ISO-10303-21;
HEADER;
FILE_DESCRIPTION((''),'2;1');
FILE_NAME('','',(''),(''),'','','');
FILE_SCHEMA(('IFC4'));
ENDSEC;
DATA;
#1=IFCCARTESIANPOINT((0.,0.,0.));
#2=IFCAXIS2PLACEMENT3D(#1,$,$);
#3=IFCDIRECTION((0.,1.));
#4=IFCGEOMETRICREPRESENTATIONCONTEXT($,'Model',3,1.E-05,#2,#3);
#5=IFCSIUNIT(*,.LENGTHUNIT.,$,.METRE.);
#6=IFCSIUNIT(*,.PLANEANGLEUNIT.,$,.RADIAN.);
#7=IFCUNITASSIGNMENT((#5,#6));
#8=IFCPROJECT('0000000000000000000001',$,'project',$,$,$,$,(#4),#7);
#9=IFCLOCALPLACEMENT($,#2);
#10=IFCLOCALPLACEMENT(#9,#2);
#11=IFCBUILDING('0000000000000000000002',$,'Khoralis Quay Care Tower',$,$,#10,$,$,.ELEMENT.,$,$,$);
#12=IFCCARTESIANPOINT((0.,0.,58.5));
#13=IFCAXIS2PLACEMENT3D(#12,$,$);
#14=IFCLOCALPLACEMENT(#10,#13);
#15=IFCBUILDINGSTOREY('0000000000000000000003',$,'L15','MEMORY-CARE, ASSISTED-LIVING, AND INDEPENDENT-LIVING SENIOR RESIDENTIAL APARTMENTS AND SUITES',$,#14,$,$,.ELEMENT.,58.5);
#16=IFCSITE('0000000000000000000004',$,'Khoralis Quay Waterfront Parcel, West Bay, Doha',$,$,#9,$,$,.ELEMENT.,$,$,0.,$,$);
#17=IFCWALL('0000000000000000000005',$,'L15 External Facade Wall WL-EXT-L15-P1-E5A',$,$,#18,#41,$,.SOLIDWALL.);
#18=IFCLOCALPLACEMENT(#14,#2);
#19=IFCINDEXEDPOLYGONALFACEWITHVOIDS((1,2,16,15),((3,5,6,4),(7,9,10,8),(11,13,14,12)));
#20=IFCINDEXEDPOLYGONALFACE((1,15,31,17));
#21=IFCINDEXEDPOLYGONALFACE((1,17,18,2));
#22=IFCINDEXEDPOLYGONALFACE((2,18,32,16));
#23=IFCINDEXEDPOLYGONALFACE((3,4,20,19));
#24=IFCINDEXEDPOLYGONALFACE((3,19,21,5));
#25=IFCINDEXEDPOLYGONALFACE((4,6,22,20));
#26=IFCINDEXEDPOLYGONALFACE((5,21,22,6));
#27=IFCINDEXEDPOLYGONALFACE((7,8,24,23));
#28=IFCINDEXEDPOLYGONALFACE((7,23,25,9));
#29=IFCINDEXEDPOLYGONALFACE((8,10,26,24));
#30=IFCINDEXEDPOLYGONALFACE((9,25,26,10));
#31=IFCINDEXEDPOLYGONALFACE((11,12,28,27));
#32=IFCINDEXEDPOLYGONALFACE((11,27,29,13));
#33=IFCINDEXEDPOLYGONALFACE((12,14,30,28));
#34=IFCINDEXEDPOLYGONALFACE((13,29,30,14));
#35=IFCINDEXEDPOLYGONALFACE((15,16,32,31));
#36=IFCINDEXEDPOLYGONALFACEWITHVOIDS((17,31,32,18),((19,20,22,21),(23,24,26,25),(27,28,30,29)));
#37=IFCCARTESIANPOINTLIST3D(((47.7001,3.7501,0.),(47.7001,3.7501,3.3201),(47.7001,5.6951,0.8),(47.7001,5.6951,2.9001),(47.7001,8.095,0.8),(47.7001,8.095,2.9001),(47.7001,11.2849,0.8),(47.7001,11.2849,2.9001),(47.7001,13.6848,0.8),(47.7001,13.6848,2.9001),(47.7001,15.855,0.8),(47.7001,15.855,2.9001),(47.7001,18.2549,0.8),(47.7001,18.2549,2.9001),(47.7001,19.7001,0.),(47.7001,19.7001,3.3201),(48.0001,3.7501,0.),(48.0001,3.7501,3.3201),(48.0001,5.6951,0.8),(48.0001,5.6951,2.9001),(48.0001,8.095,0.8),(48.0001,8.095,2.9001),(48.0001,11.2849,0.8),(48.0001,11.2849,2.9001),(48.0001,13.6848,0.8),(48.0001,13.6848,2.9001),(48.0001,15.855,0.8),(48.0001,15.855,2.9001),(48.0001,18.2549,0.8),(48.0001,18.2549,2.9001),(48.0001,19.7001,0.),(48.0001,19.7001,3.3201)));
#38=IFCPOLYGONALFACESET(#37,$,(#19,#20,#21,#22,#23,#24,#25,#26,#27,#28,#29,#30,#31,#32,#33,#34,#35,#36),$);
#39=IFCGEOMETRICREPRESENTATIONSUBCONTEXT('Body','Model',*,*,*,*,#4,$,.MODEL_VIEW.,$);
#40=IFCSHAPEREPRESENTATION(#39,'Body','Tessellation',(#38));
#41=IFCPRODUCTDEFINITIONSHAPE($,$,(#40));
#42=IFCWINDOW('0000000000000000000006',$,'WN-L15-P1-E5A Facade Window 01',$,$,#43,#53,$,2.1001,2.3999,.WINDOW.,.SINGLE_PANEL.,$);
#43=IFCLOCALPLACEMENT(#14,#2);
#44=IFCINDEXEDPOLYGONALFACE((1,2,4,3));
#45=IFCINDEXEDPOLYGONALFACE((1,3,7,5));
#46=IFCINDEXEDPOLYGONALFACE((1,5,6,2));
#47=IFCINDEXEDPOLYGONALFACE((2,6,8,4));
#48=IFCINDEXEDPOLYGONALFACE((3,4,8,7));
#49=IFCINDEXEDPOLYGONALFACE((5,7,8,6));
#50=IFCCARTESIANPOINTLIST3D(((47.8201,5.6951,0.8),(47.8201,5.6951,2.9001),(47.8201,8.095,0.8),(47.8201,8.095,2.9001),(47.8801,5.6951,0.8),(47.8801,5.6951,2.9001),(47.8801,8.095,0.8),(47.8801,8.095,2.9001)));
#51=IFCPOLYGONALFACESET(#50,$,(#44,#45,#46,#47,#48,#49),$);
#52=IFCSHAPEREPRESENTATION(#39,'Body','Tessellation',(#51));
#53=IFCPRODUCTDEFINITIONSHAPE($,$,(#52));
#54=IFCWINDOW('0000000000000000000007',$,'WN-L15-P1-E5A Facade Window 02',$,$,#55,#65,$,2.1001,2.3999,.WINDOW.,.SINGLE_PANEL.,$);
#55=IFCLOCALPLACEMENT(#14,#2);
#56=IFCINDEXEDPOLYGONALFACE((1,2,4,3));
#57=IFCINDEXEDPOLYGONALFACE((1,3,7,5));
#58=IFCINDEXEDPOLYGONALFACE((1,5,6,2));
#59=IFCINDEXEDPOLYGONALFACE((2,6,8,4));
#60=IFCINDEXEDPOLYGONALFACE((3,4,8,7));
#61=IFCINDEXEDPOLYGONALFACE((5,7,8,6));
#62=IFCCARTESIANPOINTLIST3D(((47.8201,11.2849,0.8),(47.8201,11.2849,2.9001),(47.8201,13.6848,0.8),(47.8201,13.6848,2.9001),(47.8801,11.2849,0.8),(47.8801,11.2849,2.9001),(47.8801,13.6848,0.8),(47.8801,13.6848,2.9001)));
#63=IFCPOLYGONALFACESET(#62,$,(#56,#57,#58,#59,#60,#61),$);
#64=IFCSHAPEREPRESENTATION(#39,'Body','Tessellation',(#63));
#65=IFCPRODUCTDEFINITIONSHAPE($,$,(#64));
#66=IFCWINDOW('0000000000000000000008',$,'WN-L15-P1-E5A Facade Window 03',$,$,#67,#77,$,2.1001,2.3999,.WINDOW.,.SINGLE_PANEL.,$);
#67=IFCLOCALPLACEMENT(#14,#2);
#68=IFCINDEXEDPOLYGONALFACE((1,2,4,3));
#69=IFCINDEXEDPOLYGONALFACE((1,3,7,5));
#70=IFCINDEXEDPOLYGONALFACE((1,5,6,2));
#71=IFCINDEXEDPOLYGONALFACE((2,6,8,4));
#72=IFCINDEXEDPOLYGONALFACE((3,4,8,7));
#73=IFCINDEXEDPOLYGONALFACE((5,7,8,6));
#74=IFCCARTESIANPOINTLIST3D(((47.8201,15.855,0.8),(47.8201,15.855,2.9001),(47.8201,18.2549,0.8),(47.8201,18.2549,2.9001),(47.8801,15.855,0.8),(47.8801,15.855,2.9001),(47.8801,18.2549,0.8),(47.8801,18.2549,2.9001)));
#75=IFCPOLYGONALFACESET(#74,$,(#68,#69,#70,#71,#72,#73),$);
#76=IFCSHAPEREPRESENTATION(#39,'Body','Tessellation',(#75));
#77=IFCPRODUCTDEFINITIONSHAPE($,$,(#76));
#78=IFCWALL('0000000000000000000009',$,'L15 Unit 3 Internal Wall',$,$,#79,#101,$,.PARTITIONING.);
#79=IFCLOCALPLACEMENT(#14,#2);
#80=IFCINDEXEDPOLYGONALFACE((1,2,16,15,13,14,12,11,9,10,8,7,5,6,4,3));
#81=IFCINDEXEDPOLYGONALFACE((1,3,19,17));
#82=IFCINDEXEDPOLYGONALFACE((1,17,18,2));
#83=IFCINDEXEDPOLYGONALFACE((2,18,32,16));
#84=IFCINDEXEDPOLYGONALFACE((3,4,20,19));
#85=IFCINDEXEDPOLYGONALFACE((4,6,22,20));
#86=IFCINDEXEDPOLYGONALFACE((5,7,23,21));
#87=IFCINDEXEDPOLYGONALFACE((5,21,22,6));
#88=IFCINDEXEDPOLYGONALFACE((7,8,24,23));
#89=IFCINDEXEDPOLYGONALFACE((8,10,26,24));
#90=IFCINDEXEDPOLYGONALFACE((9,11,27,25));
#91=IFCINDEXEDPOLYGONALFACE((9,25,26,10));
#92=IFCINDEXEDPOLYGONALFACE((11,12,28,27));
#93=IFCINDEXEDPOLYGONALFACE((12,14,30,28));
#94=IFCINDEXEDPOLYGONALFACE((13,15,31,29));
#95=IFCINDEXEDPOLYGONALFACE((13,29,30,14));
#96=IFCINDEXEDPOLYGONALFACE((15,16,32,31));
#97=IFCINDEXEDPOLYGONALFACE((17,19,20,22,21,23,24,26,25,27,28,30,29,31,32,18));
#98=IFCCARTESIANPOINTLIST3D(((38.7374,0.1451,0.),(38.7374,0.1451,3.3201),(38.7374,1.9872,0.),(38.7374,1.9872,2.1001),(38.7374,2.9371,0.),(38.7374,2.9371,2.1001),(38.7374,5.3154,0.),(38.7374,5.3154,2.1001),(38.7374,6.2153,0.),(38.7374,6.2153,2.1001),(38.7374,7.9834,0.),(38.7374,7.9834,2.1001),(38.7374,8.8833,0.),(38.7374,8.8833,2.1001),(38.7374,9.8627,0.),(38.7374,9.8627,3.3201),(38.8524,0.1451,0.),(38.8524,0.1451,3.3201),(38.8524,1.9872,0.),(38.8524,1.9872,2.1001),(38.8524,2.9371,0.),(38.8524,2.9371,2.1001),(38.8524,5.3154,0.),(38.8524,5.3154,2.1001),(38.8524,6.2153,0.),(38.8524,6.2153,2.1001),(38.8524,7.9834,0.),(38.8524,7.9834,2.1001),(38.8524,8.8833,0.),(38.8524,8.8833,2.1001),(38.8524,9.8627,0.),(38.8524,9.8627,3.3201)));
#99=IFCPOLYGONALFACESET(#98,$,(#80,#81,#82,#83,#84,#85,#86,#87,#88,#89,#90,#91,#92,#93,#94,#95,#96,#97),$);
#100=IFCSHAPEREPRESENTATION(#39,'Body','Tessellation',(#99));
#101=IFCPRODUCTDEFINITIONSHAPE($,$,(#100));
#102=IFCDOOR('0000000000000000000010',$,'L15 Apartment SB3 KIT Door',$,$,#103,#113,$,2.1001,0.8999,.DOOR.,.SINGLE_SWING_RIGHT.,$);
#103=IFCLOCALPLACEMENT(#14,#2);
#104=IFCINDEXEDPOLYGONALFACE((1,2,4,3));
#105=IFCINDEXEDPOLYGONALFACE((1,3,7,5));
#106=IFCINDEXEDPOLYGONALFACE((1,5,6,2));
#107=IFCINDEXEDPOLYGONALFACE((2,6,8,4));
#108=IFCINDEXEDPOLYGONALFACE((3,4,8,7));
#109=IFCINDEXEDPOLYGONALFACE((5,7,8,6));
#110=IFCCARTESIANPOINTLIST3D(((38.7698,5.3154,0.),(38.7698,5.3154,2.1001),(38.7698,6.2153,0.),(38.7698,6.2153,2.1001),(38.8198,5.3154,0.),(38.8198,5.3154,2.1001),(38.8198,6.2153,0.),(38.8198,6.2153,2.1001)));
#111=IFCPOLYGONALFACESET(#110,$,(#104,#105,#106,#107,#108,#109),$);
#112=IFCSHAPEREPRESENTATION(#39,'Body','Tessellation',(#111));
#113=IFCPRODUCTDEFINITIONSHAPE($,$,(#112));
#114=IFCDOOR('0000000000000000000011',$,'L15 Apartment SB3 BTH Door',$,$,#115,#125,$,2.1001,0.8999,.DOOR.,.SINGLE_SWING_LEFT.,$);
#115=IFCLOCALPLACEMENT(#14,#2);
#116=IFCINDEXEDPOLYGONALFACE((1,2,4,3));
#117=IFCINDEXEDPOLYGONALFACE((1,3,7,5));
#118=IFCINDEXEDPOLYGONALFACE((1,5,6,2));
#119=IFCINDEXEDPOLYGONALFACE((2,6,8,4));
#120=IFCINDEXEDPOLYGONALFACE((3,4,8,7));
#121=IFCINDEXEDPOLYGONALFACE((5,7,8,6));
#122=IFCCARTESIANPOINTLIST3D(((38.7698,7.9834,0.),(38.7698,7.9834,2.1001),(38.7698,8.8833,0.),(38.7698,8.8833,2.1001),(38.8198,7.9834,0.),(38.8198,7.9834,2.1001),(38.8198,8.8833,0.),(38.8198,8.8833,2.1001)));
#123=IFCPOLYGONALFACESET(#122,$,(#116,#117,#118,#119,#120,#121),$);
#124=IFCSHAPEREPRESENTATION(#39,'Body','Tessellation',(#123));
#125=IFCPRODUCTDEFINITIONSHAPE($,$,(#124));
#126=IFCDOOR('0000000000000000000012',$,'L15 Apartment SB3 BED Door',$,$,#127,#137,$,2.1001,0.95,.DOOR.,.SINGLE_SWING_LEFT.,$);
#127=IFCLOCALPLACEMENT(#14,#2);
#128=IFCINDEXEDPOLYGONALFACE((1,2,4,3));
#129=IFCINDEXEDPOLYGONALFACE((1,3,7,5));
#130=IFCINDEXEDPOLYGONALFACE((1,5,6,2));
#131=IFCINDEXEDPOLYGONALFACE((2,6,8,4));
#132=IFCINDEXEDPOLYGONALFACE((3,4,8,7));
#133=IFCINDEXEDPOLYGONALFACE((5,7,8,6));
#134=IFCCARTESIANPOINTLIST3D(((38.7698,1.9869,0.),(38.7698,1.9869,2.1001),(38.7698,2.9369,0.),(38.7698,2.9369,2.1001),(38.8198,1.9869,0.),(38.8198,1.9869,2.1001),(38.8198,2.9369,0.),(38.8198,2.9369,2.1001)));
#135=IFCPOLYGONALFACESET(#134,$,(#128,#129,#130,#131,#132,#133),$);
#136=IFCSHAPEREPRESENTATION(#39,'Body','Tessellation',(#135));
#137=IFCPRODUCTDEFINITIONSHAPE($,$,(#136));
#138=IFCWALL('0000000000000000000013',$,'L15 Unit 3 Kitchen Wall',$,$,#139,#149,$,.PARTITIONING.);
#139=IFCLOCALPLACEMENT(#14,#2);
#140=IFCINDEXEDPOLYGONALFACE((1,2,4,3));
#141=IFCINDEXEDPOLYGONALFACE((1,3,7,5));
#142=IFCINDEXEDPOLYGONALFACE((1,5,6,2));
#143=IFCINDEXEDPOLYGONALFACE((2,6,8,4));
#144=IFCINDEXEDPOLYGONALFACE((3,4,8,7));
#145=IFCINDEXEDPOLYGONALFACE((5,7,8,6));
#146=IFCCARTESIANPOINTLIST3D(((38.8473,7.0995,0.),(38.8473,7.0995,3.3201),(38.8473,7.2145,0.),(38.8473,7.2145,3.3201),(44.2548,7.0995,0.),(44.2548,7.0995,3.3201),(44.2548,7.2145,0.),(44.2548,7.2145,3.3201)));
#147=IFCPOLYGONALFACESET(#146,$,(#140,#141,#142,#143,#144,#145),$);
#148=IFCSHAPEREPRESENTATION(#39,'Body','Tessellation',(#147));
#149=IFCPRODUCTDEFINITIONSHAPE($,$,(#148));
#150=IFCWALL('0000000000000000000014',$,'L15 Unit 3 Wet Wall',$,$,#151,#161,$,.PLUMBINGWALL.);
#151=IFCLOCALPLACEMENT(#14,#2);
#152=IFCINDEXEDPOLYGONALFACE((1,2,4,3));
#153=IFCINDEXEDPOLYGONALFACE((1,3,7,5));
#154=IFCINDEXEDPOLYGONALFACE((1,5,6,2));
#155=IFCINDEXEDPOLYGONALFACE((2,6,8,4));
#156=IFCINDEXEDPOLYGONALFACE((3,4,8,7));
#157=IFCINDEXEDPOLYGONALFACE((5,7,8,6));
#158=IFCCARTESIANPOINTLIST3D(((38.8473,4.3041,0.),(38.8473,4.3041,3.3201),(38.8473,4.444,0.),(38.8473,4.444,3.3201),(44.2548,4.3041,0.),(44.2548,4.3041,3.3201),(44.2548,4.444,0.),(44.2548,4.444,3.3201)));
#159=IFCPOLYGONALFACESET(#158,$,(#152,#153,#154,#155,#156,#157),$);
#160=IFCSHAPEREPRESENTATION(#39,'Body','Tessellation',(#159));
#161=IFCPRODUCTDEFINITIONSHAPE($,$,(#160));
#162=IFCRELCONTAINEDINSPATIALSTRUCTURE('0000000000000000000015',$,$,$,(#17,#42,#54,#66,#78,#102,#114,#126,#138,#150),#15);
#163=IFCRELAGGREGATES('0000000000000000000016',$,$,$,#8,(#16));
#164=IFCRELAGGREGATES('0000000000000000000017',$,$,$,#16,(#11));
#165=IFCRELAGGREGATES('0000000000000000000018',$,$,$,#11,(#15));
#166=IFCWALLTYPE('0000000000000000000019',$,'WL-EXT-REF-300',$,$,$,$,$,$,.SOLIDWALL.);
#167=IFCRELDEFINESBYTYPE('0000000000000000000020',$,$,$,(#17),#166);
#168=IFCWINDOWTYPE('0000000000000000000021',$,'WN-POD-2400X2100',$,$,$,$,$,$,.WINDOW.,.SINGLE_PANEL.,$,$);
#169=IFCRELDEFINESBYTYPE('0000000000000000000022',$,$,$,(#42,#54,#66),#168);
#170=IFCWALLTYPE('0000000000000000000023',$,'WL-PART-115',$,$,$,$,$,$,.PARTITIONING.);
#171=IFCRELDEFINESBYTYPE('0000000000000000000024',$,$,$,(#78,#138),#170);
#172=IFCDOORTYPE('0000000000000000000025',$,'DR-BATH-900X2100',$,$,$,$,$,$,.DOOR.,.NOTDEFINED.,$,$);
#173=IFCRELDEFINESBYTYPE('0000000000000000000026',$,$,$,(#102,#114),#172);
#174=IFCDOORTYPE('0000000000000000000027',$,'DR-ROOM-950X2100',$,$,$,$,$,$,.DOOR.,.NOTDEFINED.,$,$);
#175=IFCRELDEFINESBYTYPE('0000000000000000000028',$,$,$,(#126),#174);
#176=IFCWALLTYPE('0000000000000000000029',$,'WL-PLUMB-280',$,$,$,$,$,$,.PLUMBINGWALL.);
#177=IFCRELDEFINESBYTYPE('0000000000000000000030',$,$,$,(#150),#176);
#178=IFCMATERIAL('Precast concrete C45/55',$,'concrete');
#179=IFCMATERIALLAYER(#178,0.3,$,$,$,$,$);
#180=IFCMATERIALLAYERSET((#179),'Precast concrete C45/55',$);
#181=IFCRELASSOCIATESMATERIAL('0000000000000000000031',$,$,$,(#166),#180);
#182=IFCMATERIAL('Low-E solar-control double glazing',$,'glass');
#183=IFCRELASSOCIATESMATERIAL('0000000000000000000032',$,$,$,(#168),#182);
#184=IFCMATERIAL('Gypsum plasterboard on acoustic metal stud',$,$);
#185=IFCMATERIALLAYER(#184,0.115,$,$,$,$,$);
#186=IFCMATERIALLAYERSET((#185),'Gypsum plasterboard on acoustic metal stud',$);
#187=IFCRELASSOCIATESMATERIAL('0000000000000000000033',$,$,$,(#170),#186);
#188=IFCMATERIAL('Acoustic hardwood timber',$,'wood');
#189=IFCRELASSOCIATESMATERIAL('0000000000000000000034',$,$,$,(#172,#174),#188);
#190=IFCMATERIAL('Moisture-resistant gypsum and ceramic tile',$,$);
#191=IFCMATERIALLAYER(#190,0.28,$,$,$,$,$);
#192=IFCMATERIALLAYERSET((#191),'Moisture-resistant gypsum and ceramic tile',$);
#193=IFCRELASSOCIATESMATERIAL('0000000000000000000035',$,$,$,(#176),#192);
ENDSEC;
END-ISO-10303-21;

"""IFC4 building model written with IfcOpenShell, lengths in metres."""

from ifc_helpers import new_model, si_unit, direction, frame, frame_2d, origin, place, context, subcontext, project, spatial, rectangle, extrude, source, transform, mapped, material, layer, layer_set, type_object, element, fill, save


model = new_model("IFC4")

# Units and contexts
model_context = context("Model", 3, precision=1e-05, world=origin(), true_north=direction((0.0, 1.0)))
body_context = subcontext(model_context, "Body", "Model", "MODEL_VIEW")
ifc_project = project(units=[si_unit("LENGTHUNIT", "METRE"), si_unit("PLANEANGLEUNIT", "RADIAN")], contexts=[model_context])

# Site, building, storey
site_placement = place(None, origin())
site = spatial("IfcSite", under=ifc_project, at=site_placement, Name="Khoralis Quay Waterfront Parcel, West Bay, Doha", CompositionType="ELEMENT", RefElevation=0.0)
building_placement = place(site_placement, origin())
building = spatial("IfcBuilding", under=site, at=building_placement, Name="Khoralis Quay Care Tower", CompositionType="ELEMENT")
storey_placement = place(building_placement, frame((0.0, 0.0, 58.5)))
storey = spatial("IfcBuildingStorey", under=building, at=storey_placement, Name="L15", Description="MEMORY-CARE, ASSISTED-LIVING, AND INDEPENDENT-LIVING SENIOR RESIDENTIAL APARTMENTS AND SUITES", CompositionType="ELEMENT", Elevation=58.5)

# Shared definitions
ifc_material_1 = material(Name="Precast concrete C45/55", Category="concrete")
ifc_layer_1 = layer(ifc_material_1, 0.3)
ifc_layer_set_1 = layer_set([ifc_layer_1], Name="Precast concrete C45/55")
wall_type_1 = type_object("IfcWallType", Name="WL-EXT-REF-300", PredefinedType="SOLIDWALL", material=ifc_layer_set_1)

# Wall, openings, windows
wall_1_placement = place(storey_placement, frame((47.8501, 3.75, 0.0), z_axis=(0.0, 0.0, 1.0), x_axis=(0.0, 1.0, 0.0)))
wall_1 = element("IfcWall", 1, at=wall_1_placement, inside=storey, type_object=wall_type_1, Name="L15 External Facade Wall WL-EXT-L15-P1-E5A", PredefinedType="SOLIDWALL", context=body_context, shape_type="SweptSolid", body=[
    extrude(rectangle(XDim=15.95, YDim=0.3, at=frame_2d((7.9751, 0.0))), origin(), (0.0, 0.0, 1.0), 3.3201),
])
opening_1_placement = place(wall_1_placement, frame((1.9451, 0.0, 0.8)))
opening_1 = element("IfcOpeningElement", 2, at=opening_1_placement, cuts=wall_1, PredefinedType="OPENING", context=body_context, shape_type="SweptSolid", body=[
    extrude(rectangle(XDim=2.3999, YDim=2.1001, at=frame_2d((1.2, 1.05))), frame((0.0, 0.1602, 0.0), z_axis=(0.0, -1.0, 0.0), x_axis=(1.0, 0.0, 0.0)), (0.0, 0.0, 1.0), 0.3201),
])
opening_2_placement = place(wall_1_placement, frame((7.5349, 0.0, 0.8)))
opening_2 = element("IfcOpeningElement", 3, at=opening_2_placement, cuts=wall_1, PredefinedType="OPENING", context=body_context, shape_type="SweptSolid", body=[
    extrude(rectangle(XDim=2.3999, YDim=2.1001, at=frame_2d((1.2, 1.05))), frame((0.0, 0.1602, 0.0), z_axis=(0.0, -1.0, 0.0), x_axis=(1.0, 0.0, 0.0)), (0.0, 0.0, 1.0), 0.3201),
])
opening_3_placement = place(wall_1_placement, frame((12.105, 0.0, 0.8)))
opening_3 = element("IfcOpeningElement", 4, at=opening_3_placement, cuts=wall_1, PredefinedType="OPENING", context=body_context, shape_type="SweptSolid", body=[
    extrude(rectangle(XDim=2.3999, YDim=2.1001, at=frame_2d((1.2, 1.05))), frame((0.0, 0.1602, 0.0), z_axis=(0.0, -1.0, 0.0), x_axis=(1.0, 0.0, 0.0)), (0.0, 0.0, 1.0), 0.3201),
])
ifc_material_2 = material(Name="Low-E solar-control double glazing", Category="glass")
window_type = type_object("IfcWindowType", Name="WN-POD-2400X2100", PartitioningType="SINGLE_PANEL", PredefinedType="WINDOW", material=ifc_material_2)
shared_shape_1 = source(origin(), body_context, "Body", "SweptSolid", [
    extrude(rectangle(XDim=2.3999, YDim=2.1001, at=frame_2d((1.2, 1.05))), frame((0.0, 0.03, 0.0), z_axis=(0.0, -1.0, 0.0), x_axis=(1.0, 0.0, 0.0)), (0.0, 0.0, 1.0), 0.0601),
])
window_1_placement = place(opening_1_placement, origin())
window_1 = element("IfcWindow", 5, at=window_1_placement, inside=storey, type_object=window_type, Name="WN-L15-P1-E5A Facade Window 01", OverallHeight=2.1001, OverallWidth=2.3999, PartitioningType="SINGLE_PANEL", PredefinedType="WINDOW", context=body_context, shape_type="MappedRepresentation", body=[
    mapped(shared_shape_1, transform((0.0, 0.0, 0.0), scale=1.0)),
])
fill(opening_1, window_1)
window_2_placement = place(opening_2_placement, origin())
window_2 = element("IfcWindow", 6, at=window_2_placement, inside=storey, type_object=window_type, Name="WN-L15-P1-E5A Facade Window 02", OverallHeight=2.1001, OverallWidth=2.3999, PartitioningType="SINGLE_PANEL", PredefinedType="WINDOW", context=body_context, shape_type="MappedRepresentation", body=[
    mapped(shared_shape_1, transform((0.0, 0.0, 0.0), scale=1.0)),
])
fill(opening_2, window_2)
window_3_placement = place(opening_3_placement, origin())
window_3 = element("IfcWindow", 7, at=window_3_placement, inside=storey, type_object=window_type, Name="WN-L15-P1-E5A Facade Window 03", OverallHeight=2.1001, OverallWidth=2.3999, PartitioningType="SINGLE_PANEL", PredefinedType="WINDOW", context=body_context, shape_type="MappedRepresentation", body=[
    mapped(shared_shape_1, transform((0.0, 0.0, 0.0), scale=1.0)),
])
fill(opening_3, window_3)

# Wall, openings, doors
ifc_material_3 = material(Name="Gypsum plasterboard on acoustic metal stud")
ifc_layer_2 = layer(ifc_material_3, 0.115)
ifc_layer_set_2 = layer_set([ifc_layer_2], Name="Gypsum plasterboard on acoustic metal stud")
wall_type_2 = type_object("IfcWallType", Name="WL-PART-115", PredefinedType="PARTITIONING", material=ifc_layer_set_2)
wall_2_placement = place(storey_placement, frame((38.7949, 0.145, 0.0), z_axis=(0.0, 0.0, 1.0), x_axis=(0.0, 1.0, 0.0)))
wall_2 = element("IfcWall", 8, at=wall_2_placement, inside=storey, type_object=wall_type_2, Name="L15 Unit 3 Internal Wall", PredefinedType="PARTITIONING", context=body_context, shape_type="SweptSolid", body=[
    extrude(rectangle(XDim=9.7175, YDim=0.115, at=frame_2d((4.8589, 0.0))), origin(), (0.0, 0.0, 1.0), 3.3201),
])
opening_4_placement = place(wall_2_placement, frame((1.842, 0.0, 0.0)))
opening_4 = element("IfcOpeningElement", 9, at=opening_4_placement, cuts=wall_2, PredefinedType="OPENING", context=body_context, shape_type="SweptSolid", body=[
    extrude(rectangle(XDim=0.95, YDim=2.1001, at=frame_2d((0.4751, 1.05))), frame((0.0, 0.0674, 0.0), z_axis=(0.0, -1.0, 0.0), x_axis=(1.0, 0.0, 0.0)), (0.0, 0.0, 1.0), 0.135),
])
opening_5_placement = place(wall_2_placement, frame((5.1704, 0.0, 0.0)))
opening_5 = element("IfcOpeningElement", 10, at=opening_5_placement, cuts=wall_2, PredefinedType="OPENING", context=body_context, shape_type="SweptSolid", body=[
    extrude(rectangle(XDim=0.8999, YDim=2.1001, at=frame_2d((0.45, 1.05))), frame((0.0, 0.0674, 0.0), z_axis=(0.0, -1.0, 0.0), x_axis=(1.0, 0.0, 0.0)), (0.0, 0.0, 1.0), 0.135),
])
opening_6_placement = place(wall_2_placement, frame((7.8384, 0.0, 0.0)))
opening_6 = element("IfcOpeningElement", 11, at=opening_6_placement, cuts=wall_2, PredefinedType="OPENING", context=body_context, shape_type="SweptSolid", body=[
    extrude(rectangle(XDim=0.8999, YDim=2.1001, at=frame_2d((0.45, 1.05))), frame((0.0, 0.0674, 0.0), z_axis=(0.0, -1.0, 0.0), x_axis=(1.0, 0.0, 0.0)), (0.0, 0.0, 1.0), 0.135),
])
ifc_material_4 = material(Name="Acoustic hardwood timber", Category="wood")
door_type_1 = type_object("IfcDoorType", Name="DR-BATH-900X2100", OperationType="NOTDEFINED", PredefinedType="DOOR", material=ifc_material_4)
shared_shape_2 = source(origin(), body_context, "Body", "SweptSolid", [
    extrude(rectangle(XDim=0.8999, YDim=2.1001, at=frame_2d((0.45, 1.05))), frame((0.0, 0.0249, 0.0), z_axis=(0.0, -1.0, 0.0), x_axis=(1.0, 0.0, 0.0)), (0.0, 0.0, 1.0), 0.05),
])
door_1_placement = place(opening_5_placement, frame((0.8999, 0.0, 0.0), z_axis=(0.0, 0.0, 1.0), x_axis=(-1.0, 0.0, 0.0)))
door_1 = element("IfcDoor", 12, at=door_1_placement, inside=storey, type_object=door_type_1, Name="L15 Apartment SB3 KIT Door", OperationType="SINGLE_SWING_RIGHT", OverallHeight=2.1001, OverallWidth=0.8999, PredefinedType="DOOR", context=body_context, shape_type="MappedRepresentation", body=[
    mapped(shared_shape_2, transform((0.0, 0.0, 0.0), scale=1.0)),
])
fill(opening_5, door_1)
door_2_placement = place(opening_6_placement, frame((0.8999, 0.0, 0.0), z_axis=(0.0, 0.0, 1.0), x_axis=(-1.0, 0.0, 0.0)))
door_2 = element("IfcDoor", 13, at=door_2_placement, inside=storey, type_object=door_type_1, Name="L15 Apartment SB3 BTH Door", OperationType="SINGLE_SWING_LEFT", OverallHeight=2.1001, OverallWidth=0.8999, PredefinedType="DOOR", context=body_context, shape_type="MappedRepresentation", body=[
    mapped(shared_shape_2, transform((0.0, 0.0, 0.0), scale=1.0)),
])
fill(opening_6, door_2)
door_type_2 = type_object("IfcDoorType", Name="DR-ROOM-950X2100", OperationType="NOTDEFINED", PredefinedType="DOOR", material=ifc_material_4)
shared_shape_3 = source(origin(), body_context, "Body", "SweptSolid", [
    extrude(rectangle(XDim=0.95, YDim=2.1001, at=frame_2d((0.4751, 1.05))), frame((0.0, 0.0249, 0.0), z_axis=(0.0, -1.0, 0.0), x_axis=(1.0, 0.0, 0.0)), (0.0, 0.0, 1.0), 0.05),
])
door_3_placement = place(opening_4_placement, frame((0.95, 0.0, 0.0), z_axis=(0.0, 0.0, 1.0), x_axis=(-1.0, 0.0, 0.0)))
door_3 = element("IfcDoor", 14, at=door_3_placement, inside=storey, type_object=door_type_2, Name="L15 Apartment SB3 BED Door", OperationType="SINGLE_SWING_LEFT", OverallHeight=2.1001, OverallWidth=0.95, PredefinedType="DOOR", context=body_context, shape_type="MappedRepresentation", body=[
    mapped(shared_shape_3, transform((0.0, 0.0, 0.0), scale=1.0)),
])
fill(opening_4, door_3)

# Walls
wall_3_placement = place(storey_placement, frame((38.8474, 7.157, 0.0), z_axis=(0.0, 0.0, 1.0), x_axis=(1.0, 0.0, 0.0)))
element("IfcWall", 15, at=wall_3_placement, inside=storey, type_object=wall_type_2, Name="L15 Unit 3 Kitchen Wall", PredefinedType="PARTITIONING", context=body_context, shape_type="SweptSolid", body=[
    extrude(rectangle(XDim=5.4075, YDim=0.115, at=frame_2d((2.7036, 0.0))), origin(), (0.0, 0.0, 1.0), 3.3201),
])
ifc_material_5 = material(Name="Moisture-resistant gypsum and ceramic tile")
ifc_layer_3 = layer(ifc_material_5, 0.28)
ifc_layer_set_3 = layer_set([ifc_layer_3], Name="Moisture-resistant gypsum and ceramic tile")
wall_type_3 = type_object("IfcWallType", Name="WL-PLUMB-280", PredefinedType="PLUMBINGWALL", material=ifc_layer_set_3)
wall_4_placement = place(storey_placement, frame((38.8474, 4.374, 0.0), z_axis=(0.0, 0.0, 1.0), x_axis=(1.0, 0.0, 0.0)))
element("IfcWall", 16, at=wall_4_placement, inside=storey, type_object=wall_type_3, Name="L15 Unit 3 Wet Wall", PredefinedType="PLUMBINGWALL", context=body_context, shape_type="SweptSolid", body=[
    extrude(rectangle(XDim=5.4075, YDim=0.1399, at=frame_2d((2.7036, 0.0))), origin(), (0.0, 0.0, 1.0), 3.3201),
])

save(model, "model.ifc")
